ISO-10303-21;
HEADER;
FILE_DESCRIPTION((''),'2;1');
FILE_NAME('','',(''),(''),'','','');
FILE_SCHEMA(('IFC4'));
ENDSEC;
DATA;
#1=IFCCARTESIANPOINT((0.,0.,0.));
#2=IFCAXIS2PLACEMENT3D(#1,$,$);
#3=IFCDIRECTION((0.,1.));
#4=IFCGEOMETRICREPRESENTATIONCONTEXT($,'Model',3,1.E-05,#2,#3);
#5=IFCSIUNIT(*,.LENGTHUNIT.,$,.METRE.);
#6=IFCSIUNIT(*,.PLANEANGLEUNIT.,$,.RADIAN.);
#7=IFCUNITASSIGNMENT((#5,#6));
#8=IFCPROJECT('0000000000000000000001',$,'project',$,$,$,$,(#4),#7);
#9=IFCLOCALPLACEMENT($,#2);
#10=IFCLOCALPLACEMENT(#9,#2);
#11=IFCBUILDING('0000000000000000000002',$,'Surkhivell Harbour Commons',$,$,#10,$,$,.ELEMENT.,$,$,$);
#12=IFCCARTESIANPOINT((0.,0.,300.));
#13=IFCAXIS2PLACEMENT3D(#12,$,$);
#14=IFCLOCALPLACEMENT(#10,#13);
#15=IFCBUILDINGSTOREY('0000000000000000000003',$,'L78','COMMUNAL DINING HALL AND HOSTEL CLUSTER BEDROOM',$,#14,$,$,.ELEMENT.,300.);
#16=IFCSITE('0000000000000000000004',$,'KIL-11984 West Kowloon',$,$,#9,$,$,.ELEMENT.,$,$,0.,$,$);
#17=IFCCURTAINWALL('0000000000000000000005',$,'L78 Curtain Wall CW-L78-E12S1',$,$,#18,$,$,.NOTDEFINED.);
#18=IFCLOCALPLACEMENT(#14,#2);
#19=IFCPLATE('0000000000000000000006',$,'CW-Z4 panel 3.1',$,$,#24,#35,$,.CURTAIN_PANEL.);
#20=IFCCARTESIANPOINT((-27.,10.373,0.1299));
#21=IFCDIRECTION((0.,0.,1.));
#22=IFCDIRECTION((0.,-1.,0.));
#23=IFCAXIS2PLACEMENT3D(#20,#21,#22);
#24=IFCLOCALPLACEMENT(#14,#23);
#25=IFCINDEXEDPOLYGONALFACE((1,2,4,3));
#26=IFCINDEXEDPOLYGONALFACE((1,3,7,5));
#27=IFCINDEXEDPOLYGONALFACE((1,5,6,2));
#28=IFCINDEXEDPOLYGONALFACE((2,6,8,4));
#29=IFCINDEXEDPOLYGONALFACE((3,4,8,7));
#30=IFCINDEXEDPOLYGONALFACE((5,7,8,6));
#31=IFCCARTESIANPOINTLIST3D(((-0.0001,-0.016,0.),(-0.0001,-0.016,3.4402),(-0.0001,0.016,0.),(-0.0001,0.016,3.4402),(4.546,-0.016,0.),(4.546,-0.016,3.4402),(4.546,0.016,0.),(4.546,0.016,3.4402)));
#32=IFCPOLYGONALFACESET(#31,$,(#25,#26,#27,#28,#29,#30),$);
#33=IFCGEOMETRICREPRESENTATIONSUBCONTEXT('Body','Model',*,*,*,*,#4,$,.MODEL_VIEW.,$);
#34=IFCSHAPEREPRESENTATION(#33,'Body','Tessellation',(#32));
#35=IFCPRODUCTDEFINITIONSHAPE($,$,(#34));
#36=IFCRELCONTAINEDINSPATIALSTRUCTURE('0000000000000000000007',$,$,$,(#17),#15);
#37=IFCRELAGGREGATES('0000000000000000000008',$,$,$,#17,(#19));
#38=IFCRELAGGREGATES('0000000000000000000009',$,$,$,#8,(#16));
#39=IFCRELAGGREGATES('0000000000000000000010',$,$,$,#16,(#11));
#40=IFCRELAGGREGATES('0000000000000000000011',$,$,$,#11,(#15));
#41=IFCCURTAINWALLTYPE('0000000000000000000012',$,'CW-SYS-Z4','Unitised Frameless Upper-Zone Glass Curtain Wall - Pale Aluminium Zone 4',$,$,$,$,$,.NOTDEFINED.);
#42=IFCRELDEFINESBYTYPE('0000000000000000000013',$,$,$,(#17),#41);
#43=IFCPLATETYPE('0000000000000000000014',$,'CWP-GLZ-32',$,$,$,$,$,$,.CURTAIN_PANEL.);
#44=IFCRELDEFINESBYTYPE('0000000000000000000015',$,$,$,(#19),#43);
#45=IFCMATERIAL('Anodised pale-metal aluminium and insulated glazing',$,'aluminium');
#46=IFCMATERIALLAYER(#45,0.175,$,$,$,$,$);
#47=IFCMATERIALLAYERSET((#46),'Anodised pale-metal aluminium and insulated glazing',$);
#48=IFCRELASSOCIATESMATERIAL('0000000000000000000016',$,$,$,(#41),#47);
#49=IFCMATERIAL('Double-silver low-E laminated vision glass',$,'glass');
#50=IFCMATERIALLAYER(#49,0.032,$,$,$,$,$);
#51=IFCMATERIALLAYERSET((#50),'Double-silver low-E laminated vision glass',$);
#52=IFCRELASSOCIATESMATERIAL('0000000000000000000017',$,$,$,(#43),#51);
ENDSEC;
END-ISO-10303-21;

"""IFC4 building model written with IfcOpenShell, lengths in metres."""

from ifc_helpers import new_model, si_unit, direction, frame, frame_2d, origin, place, context, subcontext, project, spatial, rectangle, extrude, material, layer, layer_set, type_object, element, aggregate, save


model = new_model("IFC4")

# Units and contexts
model_context = context("Model", 3, precision=1e-05, world=origin(), true_north=direction((0.0, 1.0)))
body_context = subcontext(model_context, "Body", "Model", "MODEL_VIEW")
ifc_project = project(units=[si_unit("LENGTHUNIT", "METRE"), si_unit("PLANEANGLEUNIT", "RADIAN")], contexts=[model_context])

# Site, building, storey
site_placement = place(None, origin())
site = spatial("IfcSite", under=ifc_project, at=site_placement, Name="KIL-11984 West Kowloon", CompositionType="ELEMENT", RefElevation=0.0)
building_placement = place(site_placement, origin())
building = spatial("IfcBuilding", under=site, at=building_placement, Name="Surkhivell Harbour Commons", CompositionType="ELEMENT")
storey_placement = place(building_placement, frame((0.0, 0.0, 300.0)))
storey = spatial("IfcBuildingStorey", under=building, at=storey_placement, Name="L78", Description="COMMUNAL DINING HALL AND HOSTEL CLUSTER BEDROOM", CompositionType="ELEMENT", Elevation=300.0)

# Curtain wall, plate
ifc_material_1 = material(Name="Anodised pale-metal aluminium and insulated glazing", Category="aluminium")
ifc_layer_1 = layer(ifc_material_1, 0.175)
ifc_layer_set_1 = layer_set([ifc_layer_1], Name="Anodised pale-metal aluminium and insulated glazing")
curtain_wall_type = type_object("IfcCurtainWallType", Name="CW-SYS-Z4", Description="Unitised Frameless Upper-Zone Glass Curtain Wall - Pale Aluminium Zone 4", PredefinedType="NOTDEFINED", material=ifc_layer_set_1)
curtain_wall_placement = place(storey_placement, origin())
curtain_wall = element("IfcCurtainWall", 1, at=curtain_wall_placement, inside=storey, type_object=curtain_wall_type, Name="L78 Curtain Wall CW-L78-E12S1", PredefinedType="NOTDEFINED")
ifc_material_2 = material(Name="Double-silver low-E laminated vision glass", Category="glass")
ifc_layer_2 = layer(ifc_material_2, 0.032)
ifc_layer_set_2 = layer_set([ifc_layer_2], Name="Double-silver low-E laminated vision glass")
plate_type = type_object("IfcPlateType", Name="CWP-GLZ-32", PredefinedType="CURTAIN_PANEL", material=ifc_layer_set_2)
plate_1_placement = place(storey_placement, frame((-27.0, 10.373, 0.1299), z_axis=(0.0, 0.0, 1.0), x_axis=(0.0, -1.0, 0.0)))
plate_1 = element("IfcPlate", 2, at=plate_1_placement, type_object=plate_type, Name="CW-Z4 panel 3.1", PredefinedType="CURTAIN_PANEL", context=body_context, shape_type="SweptSolid", body=[
    extrude(rectangle(XDim=4.5461, YDim=0.032, at=frame_2d((2.2729, 0.0))), origin(), (0.0, 0.0, 1.0), 3.4402),
])
aggregate(curtain_wall, [plate_1])

save(model, "model.ifc")
